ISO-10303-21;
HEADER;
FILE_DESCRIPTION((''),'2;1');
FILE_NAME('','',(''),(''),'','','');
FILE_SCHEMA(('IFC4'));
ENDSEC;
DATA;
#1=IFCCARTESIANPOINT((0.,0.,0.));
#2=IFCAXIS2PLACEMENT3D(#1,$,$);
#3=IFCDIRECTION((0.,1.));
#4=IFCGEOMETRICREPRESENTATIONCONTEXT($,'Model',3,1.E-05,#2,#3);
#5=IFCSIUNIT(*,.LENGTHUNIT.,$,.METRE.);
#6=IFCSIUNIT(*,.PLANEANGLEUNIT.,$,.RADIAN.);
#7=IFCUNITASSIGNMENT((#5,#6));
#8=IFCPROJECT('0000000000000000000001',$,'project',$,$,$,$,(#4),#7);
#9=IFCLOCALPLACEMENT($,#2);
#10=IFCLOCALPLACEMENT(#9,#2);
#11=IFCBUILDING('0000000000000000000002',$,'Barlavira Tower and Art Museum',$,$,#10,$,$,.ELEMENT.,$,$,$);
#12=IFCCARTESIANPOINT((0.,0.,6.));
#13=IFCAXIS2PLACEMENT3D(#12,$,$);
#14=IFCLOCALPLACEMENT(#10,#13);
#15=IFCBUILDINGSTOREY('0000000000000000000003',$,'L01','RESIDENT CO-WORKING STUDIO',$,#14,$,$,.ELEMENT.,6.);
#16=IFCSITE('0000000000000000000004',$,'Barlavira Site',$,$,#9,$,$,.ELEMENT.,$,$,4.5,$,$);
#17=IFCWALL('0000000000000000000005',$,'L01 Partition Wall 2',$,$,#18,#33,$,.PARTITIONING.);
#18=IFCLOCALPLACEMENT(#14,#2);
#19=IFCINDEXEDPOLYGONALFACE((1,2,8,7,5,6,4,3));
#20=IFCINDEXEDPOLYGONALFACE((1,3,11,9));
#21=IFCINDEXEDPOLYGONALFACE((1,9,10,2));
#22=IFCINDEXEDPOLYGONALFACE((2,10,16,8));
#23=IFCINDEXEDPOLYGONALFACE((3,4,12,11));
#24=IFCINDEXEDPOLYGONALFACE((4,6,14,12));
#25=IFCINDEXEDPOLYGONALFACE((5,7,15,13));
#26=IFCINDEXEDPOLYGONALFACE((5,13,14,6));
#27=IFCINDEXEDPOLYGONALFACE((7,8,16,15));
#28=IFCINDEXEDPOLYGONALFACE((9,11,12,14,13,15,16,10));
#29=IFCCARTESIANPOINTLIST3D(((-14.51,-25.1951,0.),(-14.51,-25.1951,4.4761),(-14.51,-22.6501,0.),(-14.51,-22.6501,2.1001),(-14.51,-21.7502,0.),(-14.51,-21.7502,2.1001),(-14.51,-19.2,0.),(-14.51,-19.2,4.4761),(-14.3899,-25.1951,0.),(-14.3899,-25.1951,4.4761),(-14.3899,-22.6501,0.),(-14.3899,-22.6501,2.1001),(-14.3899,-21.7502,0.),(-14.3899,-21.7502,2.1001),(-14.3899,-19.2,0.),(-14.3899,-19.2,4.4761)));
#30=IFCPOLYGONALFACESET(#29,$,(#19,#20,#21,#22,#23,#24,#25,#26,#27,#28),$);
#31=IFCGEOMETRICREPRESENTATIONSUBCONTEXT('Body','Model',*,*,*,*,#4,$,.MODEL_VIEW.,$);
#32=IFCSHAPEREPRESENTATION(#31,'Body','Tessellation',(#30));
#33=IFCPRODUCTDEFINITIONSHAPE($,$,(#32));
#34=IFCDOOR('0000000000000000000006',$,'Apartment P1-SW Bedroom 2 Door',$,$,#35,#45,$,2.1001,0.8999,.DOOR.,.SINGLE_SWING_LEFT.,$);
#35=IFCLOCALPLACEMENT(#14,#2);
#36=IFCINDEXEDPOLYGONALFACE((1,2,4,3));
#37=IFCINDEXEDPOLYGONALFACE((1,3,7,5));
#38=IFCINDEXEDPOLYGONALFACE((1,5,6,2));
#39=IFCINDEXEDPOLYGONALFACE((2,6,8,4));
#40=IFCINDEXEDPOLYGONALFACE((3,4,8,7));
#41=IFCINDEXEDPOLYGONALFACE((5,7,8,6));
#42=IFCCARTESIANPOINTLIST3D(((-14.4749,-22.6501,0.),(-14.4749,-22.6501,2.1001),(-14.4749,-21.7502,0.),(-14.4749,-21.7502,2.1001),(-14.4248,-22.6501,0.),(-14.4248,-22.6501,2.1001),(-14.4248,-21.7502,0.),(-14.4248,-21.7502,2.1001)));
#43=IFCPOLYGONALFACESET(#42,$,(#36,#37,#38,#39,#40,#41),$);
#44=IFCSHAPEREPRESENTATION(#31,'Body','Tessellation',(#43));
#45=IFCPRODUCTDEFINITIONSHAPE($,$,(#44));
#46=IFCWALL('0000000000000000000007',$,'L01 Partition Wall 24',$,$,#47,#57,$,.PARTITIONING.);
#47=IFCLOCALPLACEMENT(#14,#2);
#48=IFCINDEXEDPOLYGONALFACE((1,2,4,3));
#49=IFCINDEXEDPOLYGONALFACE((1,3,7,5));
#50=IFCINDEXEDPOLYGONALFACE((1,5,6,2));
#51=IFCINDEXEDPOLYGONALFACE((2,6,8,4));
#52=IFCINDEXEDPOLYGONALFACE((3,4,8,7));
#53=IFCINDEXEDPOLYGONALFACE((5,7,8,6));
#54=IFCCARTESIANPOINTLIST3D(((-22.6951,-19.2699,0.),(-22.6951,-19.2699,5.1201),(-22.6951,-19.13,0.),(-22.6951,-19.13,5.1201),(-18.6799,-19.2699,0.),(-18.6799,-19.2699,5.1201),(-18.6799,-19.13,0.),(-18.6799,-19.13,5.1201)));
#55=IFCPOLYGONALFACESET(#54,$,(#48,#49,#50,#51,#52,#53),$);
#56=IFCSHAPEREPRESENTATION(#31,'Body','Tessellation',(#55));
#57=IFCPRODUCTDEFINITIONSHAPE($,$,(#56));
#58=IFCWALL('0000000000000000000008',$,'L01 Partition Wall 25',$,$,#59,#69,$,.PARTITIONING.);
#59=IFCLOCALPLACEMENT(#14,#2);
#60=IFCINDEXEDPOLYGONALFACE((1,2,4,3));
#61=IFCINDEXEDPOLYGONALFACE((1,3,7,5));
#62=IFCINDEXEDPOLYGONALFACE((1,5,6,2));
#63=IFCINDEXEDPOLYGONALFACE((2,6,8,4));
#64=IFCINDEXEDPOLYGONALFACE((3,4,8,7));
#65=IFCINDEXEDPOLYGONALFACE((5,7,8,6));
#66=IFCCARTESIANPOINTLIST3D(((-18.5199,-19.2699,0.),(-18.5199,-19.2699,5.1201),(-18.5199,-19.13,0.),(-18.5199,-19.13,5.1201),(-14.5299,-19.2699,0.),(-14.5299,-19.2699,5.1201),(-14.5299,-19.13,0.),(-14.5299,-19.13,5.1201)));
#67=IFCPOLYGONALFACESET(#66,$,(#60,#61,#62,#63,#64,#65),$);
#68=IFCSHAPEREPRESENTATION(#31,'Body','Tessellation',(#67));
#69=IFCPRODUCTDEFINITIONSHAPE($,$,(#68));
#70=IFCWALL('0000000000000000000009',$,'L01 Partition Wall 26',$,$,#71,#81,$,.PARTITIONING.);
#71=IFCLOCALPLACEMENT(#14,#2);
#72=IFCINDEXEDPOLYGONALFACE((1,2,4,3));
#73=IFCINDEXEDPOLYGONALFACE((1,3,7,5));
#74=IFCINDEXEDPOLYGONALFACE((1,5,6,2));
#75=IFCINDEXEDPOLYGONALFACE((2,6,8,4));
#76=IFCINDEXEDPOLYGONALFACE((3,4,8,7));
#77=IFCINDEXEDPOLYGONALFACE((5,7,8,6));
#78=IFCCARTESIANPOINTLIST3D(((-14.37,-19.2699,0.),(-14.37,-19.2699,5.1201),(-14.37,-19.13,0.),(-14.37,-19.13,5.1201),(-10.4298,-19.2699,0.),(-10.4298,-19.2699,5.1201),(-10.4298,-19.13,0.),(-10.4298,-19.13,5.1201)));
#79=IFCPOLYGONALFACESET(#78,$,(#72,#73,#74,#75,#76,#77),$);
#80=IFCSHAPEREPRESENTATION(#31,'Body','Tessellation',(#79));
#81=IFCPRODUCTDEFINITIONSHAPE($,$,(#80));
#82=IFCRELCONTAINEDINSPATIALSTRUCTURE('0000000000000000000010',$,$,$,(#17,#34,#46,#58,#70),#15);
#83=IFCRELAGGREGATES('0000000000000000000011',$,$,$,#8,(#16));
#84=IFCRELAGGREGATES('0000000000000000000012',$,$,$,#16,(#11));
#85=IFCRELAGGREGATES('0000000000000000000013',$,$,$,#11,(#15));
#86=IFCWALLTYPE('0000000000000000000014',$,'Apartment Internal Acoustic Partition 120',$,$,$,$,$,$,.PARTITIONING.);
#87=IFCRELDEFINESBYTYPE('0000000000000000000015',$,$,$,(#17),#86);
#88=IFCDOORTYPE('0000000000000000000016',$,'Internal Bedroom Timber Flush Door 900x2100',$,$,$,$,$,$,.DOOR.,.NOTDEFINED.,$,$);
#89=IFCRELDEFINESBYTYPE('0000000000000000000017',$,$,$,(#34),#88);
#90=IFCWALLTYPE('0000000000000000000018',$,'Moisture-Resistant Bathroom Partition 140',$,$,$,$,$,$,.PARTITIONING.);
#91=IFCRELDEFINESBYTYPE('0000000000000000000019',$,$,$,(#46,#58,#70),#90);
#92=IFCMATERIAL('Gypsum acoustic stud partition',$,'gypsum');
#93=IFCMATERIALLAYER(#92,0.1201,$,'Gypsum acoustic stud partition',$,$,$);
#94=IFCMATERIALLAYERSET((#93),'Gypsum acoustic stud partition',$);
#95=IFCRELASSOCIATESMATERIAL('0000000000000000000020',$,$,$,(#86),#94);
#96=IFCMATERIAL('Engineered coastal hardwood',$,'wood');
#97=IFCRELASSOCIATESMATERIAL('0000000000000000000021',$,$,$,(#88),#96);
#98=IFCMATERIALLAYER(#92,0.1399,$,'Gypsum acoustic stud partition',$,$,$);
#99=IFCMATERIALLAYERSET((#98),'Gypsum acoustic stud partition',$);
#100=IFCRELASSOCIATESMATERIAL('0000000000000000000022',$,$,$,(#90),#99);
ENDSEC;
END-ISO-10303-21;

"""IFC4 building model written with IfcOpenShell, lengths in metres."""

from ifc_helpers import new_model, si_unit, direction, frame, frame_2d, origin, place, context, subcontext, project, spatial, rectangle, extrude, material, layer, layer_set, type_object, element, fill, save


model = new_model("IFC4")

# Units and contexts
model_context = context("Model", 3, precision=1e-05, world=origin(), true_north=direction((0.0, 1.0)))
body_context = subcontext(model_context, "Body", "Model", "MODEL_VIEW")
ifc_project = project(units=[si_unit("LENGTHUNIT", "METRE"), si_unit("PLANEANGLEUNIT", "RADIAN")], contexts=[model_context])

# Site, building, storey
site_placement = place(None, origin())
site = spatial("IfcSite", under=ifc_project, at=site_placement, Name="Barlavira Site", CompositionType="ELEMENT", RefElevation=4.5)
building_placement = place(site_placement, origin())
building = spatial("IfcBuilding", under=site, at=building_placement, Name="Barlavira Tower and Art Museum", CompositionType="ELEMENT")
storey_placement = place(building_placement, frame((0.0, 0.0, 6.0)))
storey = spatial("IfcBuildingStorey", under=building, at=storey_placement, Name="L01", Description="RESIDENT CO-WORKING STUDIO", CompositionType="ELEMENT", Elevation=6.0)

# Wall, opening, door
ifc_material_1 = material(Name="Gypsum acoustic stud partition", Category="gypsum")
ifc_layer_1 = layer(ifc_material_1, 0.1201, Name="Gypsum acoustic stud partition")
ifc_layer_set_1 = layer_set([ifc_layer_1], Name="Gypsum acoustic stud partition")
wall_type_1 = type_object("IfcWallType", Name="Apartment Internal Acoustic Partition 120", PredefinedType="PARTITIONING", material=ifc_layer_set_1)
ifc_material_2 = material(Name="Engineered coastal hardwood", Category="wood")
door_type = type_object("IfcDoorType", Name="Internal Bedroom Timber Flush Door 900x2100", OperationType="NOTDEFINED", PredefinedType="DOOR", material=ifc_material_2)
wall_1_placement = place(storey_placement, frame((-14.45, -25.1951, 0.0), z_axis=(0.0, 0.0, 1.0), x_axis=(0.0, 1.0, 0.0)))
wall_1 = element("IfcWall", 1, at=wall_1_placement, inside=storey, type_object=wall_type_1, Name="L01 Partition Wall 2", PredefinedType="PARTITIONING", context=body_context, shape_type="SweptSolid", body=[
    extrude(rectangle(XDim=5.9951, YDim=0.1201, at=frame_2d((2.9976, 0.0))), origin(), (0.0, 0.0, 1.0), 4.4761),
])
opening_1_placement = place(wall_1_placement, frame((2.5449, 0.0, 0.0)))
opening_1 = element("IfcOpeningElement", 2, at=opening_1_placement, cuts=wall_1, PredefinedType="OPENING", context=body_context, shape_type="SweptSolid", body=[
    extrude(rectangle(XDim=0.8999, YDim=2.1001, at=frame_2d((0.45, 1.05))), frame((0.0, 0.0701, 0.0), z_axis=(0.0, -1.0, 0.0), x_axis=(1.0, 0.0, 0.0)), (0.0, 0.0, 1.0), 0.1401),
])
door_1_placement = place(opening_1_placement, origin())
door_1 = element("IfcDoor", 3, at=door_1_placement, inside=storey, type_object=door_type, Name="Apartment P1-SW Bedroom 2 Door", OperationType="SINGLE_SWING_LEFT", OverallHeight=2.1001, OverallWidth=0.8999, PredefinedType="DOOR", context=body_context, shape_type="SweptSolid", body=[
    extrude(rectangle(XDim=0.8999, YDim=2.1001, at=frame_2d((0.45, 1.05))), frame((0.0, 0.0249, 0.0), z_axis=(0.0, -1.0, 0.0), x_axis=(1.0, 0.0, 0.0)), (0.0, 0.0, 1.0), 0.05),
])
fill(opening_1, door_1)

# Walls
ifc_layer_2 = layer(ifc_material_1, 0.1399, Name="Gypsum acoustic stud partition")
ifc_layer_set_2 = layer_set([ifc_layer_2], Name="Gypsum acoustic stud partition")
wall_type_2 = type_object("IfcWallType", Name="Moisture-Resistant Bathroom Partition 140", PredefinedType="PARTITIONING", material=ifc_layer_set_2)
wall_2_placement = place(storey_placement, frame((-22.6951, -19.2, 0.0), z_axis=(0.0, 0.0, 1.0), x_axis=(1.0, 0.0, 0.0)))
element("IfcWall", 4, at=wall_2_placement, inside=storey, type_object=wall_type_2, Name="L01 Partition Wall 24", PredefinedType="PARTITIONING", context=body_context, shape_type="SweptSolid", body=[
    extrude(rectangle(XDim=4.0151, YDim=0.1399, at=frame_2d((2.0076, 0.0))), origin(), (0.0, 0.0, 1.0), 5.1201),
])
wall_3_placement = place(storey_placement, frame((-18.52, -19.2, 0.0), z_axis=(0.0, 0.0, 1.0), x_axis=(1.0, 0.0, 0.0)))
element("IfcWall", 5, at=wall_3_placement, inside=storey, type_object=wall_type_2, Name="L01 Partition Wall 25", PredefinedType="PARTITIONING", context=body_context, shape_type="SweptSolid", body=[
    extrude(rectangle(XDim=3.99, YDim=0.1399, at=frame_2d((1.9951, 0.0))), origin(), (0.0, 0.0, 1.0), 5.1201),
])
wall_4_placement = place(storey_placement, frame((-14.3701, -19.2, 0.0), z_axis=(0.0, 0.0, 1.0), x_axis=(1.0, 0.0, 0.0)))
element("IfcWall", 6, at=wall_4_placement, inside=storey, type_object=wall_type_2, Name="L01 Partition Wall 26", PredefinedType="PARTITIONING", context=body_context, shape_type="SweptSolid", body=[
    extrude(rectangle(XDim=3.9402, YDim=0.1399, at=frame_2d((1.9702, 0.0))), origin(), (0.0, 0.0, 1.0), 5.1201),
])

save(model, "model.ifc")
